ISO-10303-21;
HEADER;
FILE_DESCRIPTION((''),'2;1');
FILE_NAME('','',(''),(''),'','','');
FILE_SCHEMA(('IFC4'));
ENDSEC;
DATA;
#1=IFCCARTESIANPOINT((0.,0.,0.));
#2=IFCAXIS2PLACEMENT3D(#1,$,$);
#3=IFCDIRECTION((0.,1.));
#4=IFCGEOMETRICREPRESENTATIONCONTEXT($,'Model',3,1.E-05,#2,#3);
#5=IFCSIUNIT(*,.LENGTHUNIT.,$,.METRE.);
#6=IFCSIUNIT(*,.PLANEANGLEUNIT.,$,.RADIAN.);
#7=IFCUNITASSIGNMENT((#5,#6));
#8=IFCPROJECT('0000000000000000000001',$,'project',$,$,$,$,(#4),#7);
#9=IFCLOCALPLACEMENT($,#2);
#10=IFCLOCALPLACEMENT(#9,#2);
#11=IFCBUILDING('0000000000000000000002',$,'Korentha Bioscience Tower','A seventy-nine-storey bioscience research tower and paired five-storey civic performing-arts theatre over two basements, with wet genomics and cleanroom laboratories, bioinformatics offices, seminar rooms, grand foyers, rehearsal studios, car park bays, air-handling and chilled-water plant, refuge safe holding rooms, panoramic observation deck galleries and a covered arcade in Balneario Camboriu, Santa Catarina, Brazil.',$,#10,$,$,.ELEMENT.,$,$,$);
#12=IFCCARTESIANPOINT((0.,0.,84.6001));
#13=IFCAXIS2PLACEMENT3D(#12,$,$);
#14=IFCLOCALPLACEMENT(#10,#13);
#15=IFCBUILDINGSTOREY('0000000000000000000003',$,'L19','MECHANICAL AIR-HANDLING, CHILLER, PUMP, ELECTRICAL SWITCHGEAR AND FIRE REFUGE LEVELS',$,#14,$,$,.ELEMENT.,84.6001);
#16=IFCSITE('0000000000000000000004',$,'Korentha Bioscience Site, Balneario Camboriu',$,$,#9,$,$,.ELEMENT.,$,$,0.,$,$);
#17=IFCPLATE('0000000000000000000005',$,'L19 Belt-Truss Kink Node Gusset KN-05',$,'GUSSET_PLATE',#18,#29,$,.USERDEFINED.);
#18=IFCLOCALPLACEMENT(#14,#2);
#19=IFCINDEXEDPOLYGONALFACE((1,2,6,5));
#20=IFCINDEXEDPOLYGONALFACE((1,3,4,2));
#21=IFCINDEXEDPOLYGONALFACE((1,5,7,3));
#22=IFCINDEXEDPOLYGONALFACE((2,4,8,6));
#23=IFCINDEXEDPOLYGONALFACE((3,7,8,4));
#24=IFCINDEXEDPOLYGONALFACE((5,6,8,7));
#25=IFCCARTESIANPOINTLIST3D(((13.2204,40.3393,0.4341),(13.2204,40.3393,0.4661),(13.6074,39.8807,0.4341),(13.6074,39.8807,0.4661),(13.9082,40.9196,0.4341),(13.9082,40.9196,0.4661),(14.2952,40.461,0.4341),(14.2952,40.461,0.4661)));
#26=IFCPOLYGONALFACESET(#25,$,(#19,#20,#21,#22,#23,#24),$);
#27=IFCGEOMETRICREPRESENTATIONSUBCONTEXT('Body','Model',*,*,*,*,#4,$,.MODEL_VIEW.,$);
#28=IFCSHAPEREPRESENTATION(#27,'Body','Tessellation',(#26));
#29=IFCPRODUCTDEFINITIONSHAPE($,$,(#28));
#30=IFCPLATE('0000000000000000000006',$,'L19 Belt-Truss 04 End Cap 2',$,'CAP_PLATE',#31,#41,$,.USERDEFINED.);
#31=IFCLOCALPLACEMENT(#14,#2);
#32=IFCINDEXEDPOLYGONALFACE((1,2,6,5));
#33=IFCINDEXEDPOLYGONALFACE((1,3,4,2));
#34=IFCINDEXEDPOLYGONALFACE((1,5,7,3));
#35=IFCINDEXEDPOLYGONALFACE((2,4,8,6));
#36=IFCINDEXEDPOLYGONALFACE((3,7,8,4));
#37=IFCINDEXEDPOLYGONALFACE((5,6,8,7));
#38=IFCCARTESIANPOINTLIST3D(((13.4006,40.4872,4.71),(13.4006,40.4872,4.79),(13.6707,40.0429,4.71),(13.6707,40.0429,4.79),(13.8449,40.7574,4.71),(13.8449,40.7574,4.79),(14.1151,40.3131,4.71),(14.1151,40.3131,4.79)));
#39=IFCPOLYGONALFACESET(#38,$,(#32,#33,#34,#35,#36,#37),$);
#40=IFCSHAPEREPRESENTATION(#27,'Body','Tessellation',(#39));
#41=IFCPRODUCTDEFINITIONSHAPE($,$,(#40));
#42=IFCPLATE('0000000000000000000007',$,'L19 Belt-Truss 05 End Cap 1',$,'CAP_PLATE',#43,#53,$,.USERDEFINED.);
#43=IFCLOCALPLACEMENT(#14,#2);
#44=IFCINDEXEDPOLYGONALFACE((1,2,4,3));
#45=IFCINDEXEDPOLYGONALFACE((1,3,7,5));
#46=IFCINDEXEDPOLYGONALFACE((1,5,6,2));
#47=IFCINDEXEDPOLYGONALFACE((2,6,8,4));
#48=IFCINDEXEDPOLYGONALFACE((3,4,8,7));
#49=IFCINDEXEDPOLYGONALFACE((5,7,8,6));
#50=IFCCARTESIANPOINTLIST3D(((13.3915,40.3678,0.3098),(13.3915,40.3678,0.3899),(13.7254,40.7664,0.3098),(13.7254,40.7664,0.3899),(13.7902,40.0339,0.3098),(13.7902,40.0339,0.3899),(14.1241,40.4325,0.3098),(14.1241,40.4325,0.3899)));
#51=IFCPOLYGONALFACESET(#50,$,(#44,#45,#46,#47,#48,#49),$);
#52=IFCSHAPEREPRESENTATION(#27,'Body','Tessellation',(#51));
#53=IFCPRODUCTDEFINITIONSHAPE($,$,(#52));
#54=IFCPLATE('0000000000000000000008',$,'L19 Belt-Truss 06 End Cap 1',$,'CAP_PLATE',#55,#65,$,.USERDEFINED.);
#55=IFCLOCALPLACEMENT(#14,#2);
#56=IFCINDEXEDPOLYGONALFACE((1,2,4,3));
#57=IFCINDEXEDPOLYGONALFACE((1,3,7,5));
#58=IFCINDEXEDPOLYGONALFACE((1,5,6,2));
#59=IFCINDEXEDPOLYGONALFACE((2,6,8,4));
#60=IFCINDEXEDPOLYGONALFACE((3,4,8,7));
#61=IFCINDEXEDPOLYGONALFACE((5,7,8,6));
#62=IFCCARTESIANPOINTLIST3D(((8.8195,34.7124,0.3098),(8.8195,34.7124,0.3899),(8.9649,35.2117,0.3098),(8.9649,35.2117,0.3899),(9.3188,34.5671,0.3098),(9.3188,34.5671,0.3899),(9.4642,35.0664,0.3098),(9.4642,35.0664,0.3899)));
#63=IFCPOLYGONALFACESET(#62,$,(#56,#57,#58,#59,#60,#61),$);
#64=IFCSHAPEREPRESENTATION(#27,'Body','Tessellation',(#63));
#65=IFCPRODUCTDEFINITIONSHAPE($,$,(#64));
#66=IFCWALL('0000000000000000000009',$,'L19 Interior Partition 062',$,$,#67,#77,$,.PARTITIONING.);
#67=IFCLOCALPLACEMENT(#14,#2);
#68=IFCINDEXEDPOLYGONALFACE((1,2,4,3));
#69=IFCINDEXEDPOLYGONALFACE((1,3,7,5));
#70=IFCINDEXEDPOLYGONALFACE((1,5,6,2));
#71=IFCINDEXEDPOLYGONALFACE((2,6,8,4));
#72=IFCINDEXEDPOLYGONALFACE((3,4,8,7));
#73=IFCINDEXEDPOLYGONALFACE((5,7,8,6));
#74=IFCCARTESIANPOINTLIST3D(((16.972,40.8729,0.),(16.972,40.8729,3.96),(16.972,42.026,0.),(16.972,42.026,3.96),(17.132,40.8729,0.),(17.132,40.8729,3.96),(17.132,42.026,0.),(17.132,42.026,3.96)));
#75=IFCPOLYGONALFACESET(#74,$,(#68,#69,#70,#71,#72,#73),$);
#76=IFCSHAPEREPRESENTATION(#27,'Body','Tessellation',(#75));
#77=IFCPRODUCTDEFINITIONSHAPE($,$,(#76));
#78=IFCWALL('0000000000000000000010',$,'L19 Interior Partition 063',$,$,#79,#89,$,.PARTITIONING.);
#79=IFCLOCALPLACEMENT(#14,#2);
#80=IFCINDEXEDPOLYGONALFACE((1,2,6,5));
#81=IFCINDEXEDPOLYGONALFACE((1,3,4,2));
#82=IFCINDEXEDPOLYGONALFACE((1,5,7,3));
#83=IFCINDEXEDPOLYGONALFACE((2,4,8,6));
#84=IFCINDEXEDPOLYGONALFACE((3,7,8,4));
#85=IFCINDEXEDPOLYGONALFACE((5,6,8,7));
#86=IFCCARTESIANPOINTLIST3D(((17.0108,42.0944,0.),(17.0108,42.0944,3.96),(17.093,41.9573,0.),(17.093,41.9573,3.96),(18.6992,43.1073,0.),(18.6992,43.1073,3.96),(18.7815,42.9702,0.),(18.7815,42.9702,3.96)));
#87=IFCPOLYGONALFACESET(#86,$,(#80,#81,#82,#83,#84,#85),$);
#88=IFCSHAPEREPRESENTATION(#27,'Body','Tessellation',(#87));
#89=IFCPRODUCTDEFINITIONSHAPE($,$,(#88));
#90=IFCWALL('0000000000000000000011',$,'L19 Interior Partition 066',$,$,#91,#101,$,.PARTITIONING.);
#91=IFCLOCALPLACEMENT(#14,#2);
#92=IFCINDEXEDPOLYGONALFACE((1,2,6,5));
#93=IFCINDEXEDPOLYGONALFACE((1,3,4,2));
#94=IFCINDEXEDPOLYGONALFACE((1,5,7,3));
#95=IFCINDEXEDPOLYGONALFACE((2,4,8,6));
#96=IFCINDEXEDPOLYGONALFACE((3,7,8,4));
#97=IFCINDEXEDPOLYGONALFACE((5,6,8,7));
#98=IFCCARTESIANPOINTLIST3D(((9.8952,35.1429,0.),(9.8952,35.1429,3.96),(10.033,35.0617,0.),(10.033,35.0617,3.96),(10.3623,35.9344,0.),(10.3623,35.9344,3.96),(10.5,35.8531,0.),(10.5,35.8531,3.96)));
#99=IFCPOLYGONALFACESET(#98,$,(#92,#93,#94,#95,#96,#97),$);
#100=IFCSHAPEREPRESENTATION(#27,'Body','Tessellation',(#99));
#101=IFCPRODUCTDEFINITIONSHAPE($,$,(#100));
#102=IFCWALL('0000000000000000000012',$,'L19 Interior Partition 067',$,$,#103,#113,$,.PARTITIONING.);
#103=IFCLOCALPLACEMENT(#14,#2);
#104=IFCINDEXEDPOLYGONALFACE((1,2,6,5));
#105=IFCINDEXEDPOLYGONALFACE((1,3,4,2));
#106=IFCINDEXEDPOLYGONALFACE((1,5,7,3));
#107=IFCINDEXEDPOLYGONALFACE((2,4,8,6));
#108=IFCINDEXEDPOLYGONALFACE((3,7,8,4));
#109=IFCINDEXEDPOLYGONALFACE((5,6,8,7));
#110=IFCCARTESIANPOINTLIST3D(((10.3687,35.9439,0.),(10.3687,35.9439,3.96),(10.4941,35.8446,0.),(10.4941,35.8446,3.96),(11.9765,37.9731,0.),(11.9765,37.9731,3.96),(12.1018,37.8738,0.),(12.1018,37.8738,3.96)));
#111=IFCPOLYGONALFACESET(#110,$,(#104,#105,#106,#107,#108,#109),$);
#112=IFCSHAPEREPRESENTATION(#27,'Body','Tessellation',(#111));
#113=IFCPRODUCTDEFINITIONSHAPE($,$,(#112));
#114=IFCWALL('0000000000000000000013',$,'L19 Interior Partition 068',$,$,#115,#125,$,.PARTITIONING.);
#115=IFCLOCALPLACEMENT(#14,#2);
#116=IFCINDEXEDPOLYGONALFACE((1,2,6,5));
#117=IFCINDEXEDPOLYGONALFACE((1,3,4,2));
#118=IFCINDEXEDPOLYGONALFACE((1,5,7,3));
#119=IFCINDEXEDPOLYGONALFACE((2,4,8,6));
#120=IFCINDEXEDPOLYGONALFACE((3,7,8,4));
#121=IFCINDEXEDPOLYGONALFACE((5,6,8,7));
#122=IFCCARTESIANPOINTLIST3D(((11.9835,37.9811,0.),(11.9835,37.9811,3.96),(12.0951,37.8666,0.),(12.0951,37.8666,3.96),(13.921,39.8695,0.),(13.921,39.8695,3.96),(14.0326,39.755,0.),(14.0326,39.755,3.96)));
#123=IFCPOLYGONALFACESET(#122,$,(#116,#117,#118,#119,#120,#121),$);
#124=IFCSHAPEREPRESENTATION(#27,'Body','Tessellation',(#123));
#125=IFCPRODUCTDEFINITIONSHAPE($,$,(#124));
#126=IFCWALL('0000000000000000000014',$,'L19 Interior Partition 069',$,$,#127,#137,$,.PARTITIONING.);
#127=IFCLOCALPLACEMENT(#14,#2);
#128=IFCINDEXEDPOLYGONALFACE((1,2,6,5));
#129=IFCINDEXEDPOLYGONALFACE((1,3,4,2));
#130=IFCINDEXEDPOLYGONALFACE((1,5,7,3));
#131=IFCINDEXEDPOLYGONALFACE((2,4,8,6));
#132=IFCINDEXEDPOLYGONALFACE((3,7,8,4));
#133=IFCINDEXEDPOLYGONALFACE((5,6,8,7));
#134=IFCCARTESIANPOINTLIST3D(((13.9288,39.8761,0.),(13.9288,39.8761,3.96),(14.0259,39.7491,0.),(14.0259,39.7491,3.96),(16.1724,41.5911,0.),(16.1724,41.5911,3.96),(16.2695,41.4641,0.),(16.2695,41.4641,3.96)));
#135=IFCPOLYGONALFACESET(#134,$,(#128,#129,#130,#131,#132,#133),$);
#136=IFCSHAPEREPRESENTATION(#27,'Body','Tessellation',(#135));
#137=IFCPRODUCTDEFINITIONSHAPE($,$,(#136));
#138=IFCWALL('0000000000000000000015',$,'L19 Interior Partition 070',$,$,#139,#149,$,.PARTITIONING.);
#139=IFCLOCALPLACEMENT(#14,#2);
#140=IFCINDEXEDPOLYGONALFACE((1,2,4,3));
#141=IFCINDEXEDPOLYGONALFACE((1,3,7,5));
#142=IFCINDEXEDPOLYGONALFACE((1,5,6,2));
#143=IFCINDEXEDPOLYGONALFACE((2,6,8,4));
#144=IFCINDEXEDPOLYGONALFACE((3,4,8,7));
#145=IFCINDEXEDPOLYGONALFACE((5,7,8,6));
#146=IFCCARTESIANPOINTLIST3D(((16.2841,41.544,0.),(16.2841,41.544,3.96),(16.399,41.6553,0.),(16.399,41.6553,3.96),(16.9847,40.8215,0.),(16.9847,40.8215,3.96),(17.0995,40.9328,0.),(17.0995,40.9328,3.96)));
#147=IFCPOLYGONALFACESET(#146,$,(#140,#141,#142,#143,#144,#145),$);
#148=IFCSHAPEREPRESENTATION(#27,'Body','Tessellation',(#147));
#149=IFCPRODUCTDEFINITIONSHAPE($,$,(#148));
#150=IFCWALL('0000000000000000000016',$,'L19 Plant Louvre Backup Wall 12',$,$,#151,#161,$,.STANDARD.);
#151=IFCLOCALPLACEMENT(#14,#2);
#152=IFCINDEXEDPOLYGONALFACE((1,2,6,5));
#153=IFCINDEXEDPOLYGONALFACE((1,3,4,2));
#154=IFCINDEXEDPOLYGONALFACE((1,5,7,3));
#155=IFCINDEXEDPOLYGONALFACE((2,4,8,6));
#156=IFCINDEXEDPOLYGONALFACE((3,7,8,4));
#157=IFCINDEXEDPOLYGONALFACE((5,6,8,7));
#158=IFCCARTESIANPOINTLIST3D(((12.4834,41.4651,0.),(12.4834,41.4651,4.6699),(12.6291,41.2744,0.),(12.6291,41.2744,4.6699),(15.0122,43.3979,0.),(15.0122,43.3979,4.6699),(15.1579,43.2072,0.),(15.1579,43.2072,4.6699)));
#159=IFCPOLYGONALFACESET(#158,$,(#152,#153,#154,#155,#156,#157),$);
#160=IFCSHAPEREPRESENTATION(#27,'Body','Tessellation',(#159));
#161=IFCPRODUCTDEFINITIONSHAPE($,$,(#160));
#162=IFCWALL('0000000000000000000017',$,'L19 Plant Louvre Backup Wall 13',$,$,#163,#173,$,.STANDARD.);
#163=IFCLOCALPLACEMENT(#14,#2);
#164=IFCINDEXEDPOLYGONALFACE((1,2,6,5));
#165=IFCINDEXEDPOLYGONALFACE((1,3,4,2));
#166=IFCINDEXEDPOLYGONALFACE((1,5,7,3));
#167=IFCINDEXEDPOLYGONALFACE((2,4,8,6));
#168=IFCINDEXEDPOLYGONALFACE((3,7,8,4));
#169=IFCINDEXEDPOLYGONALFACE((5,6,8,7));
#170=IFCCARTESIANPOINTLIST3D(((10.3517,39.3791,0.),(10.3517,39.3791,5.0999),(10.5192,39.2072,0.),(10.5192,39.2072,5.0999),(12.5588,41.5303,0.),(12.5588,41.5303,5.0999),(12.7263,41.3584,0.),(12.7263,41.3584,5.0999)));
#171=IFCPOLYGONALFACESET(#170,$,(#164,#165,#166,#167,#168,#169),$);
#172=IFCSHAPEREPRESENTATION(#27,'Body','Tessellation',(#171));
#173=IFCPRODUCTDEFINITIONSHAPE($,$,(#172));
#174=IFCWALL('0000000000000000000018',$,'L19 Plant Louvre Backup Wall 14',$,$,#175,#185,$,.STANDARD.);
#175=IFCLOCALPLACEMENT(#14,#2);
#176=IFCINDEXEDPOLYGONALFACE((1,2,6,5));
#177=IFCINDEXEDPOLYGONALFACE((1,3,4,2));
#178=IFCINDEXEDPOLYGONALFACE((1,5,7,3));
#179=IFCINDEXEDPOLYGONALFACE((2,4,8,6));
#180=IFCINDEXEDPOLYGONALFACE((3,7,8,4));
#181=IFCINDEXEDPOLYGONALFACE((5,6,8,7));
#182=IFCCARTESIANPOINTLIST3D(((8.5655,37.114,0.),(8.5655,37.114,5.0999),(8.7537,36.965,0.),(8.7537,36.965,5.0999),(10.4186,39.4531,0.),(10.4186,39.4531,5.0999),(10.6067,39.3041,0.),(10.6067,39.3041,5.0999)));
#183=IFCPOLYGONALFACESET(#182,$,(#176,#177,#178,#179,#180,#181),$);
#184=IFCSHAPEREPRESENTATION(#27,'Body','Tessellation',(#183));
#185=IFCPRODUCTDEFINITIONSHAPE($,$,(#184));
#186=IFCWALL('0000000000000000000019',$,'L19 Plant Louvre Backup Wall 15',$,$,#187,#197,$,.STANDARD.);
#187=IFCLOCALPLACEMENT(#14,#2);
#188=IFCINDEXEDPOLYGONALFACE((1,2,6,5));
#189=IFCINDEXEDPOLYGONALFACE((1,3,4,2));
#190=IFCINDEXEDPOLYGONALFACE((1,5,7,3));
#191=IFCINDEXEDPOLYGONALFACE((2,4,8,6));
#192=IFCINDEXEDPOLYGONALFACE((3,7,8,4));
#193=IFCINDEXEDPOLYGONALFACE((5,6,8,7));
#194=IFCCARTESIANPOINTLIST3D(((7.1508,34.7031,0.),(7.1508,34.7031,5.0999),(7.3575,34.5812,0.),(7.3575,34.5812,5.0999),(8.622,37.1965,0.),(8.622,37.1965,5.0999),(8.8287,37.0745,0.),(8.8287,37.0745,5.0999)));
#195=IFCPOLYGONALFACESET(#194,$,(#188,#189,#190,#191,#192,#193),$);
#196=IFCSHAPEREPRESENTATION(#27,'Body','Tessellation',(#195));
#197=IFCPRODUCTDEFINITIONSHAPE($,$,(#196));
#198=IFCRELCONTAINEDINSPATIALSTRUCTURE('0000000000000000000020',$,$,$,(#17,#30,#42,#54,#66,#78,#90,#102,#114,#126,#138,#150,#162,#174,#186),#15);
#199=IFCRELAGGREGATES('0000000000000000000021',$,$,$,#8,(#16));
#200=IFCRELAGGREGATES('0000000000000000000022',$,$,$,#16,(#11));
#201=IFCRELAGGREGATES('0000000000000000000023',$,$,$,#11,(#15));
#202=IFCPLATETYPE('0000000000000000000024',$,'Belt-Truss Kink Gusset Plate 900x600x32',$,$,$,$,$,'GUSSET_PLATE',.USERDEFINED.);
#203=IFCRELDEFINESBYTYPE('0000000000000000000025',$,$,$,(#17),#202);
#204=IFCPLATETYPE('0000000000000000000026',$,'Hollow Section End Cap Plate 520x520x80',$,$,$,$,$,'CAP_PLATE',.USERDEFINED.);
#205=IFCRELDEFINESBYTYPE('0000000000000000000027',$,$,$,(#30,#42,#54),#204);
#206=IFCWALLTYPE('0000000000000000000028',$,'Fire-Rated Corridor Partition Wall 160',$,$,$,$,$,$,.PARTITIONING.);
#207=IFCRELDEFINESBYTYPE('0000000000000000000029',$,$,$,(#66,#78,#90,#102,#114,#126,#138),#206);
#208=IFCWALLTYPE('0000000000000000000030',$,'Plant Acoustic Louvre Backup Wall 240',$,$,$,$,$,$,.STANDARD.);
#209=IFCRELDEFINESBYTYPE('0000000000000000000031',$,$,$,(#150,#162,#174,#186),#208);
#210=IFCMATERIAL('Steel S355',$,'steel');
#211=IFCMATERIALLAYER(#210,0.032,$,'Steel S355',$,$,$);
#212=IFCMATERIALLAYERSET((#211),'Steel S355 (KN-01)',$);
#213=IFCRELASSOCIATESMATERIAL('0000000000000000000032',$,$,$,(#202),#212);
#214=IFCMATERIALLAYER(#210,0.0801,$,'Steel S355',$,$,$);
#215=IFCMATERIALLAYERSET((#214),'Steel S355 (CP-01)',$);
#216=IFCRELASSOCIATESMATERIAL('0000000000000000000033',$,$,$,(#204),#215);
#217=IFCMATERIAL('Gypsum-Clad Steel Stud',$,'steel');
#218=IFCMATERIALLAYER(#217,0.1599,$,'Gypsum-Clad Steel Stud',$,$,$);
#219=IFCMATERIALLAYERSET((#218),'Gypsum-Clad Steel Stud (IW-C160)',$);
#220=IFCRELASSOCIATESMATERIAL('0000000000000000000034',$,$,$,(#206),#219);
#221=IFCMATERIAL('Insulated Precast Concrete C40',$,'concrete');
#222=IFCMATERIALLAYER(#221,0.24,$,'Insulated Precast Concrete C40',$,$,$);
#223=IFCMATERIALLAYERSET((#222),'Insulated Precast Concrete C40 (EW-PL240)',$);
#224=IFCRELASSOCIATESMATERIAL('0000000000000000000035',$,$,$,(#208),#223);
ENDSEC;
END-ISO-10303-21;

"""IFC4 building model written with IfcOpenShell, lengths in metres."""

from ifc_helpers import new_model, si_unit, direction, frame, frame_2d, origin, origin_2d, place, context, subcontext, project, spatial, rectangle, extrude, material, layer, layer_set, type_object, element, save


model = new_model("IFC4")

# Units and contexts
model_context = context("Model", 3, precision=1e-05, world=origin(), true_north=direction((0.0, 1.0)))
body_context = subcontext(model_context, "Body", "Model", "MODEL_VIEW")
ifc_project = project(units=[si_unit("LENGTHUNIT", "METRE"), si_unit("PLANEANGLEUNIT", "RADIAN")], contexts=[model_context])

# Site, building, storey
site_placement = place(None, origin())
site = spatial("IfcSite", under=ifc_project, at=site_placement, Name="Korentha Bioscience Site, Balneario Camboriu", CompositionType="ELEMENT", RefElevation=0.0)
building_placement = place(site_placement, origin())
building = spatial("IfcBuilding", under=site, at=building_placement, Name="Korentha Bioscience Tower", Description="A seventy-nine-storey bioscience research tower and paired five-storey civic performing-arts theatre over two basements, with wet genomics and cleanroom laboratories, bioinformatics offices, seminar rooms, grand foyers, rehearsal studios, car park bays, air-handling and chilled-water plant, refuge safe holding rooms, panoramic observation deck galleries and a covered arcade in Balneario Camboriu, Santa Catarina, Brazil.", CompositionType="ELEMENT")
storey_placement = place(building_placement, frame((0.0, 0.0, 84.6001)))
storey = spatial("IfcBuildingStorey", under=building, at=storey_placement, Name="L19", Description="MECHANICAL AIR-HANDLING, CHILLER, PUMP, ELECTRICAL SWITCHGEAR AND FIRE REFUGE LEVELS", CompositionType="ELEMENT", Elevation=84.6001)

# Shared definitions
ifc_material_1 = material(Name="Steel S355", Category="steel")

# Plates
ifc_layer_1 = layer(ifc_material_1, 0.032, Name="Steel S355")
ifc_layer_set_1 = layer_set([ifc_layer_1], Name="Steel S355 (KN-01)")
plate_type_1 = type_object("IfcPlateType", Name="Belt-Truss Kink Gusset Plate 900x600x32", ElementType="GUSSET_PLATE", PredefinedType="USERDEFINED", material=ifc_layer_set_1)
plate_placement = place(storey_placement, frame((13.7578, 40.4001, 0.4341), z_axis=(0.0, 0.0, 1.0), x_axis=(0.764246, 0.644924, 0.0)))
element("IfcPlate", 1, at=plate_placement, inside=storey, type_object=plate_type_1, Name="L19 Belt-Truss Kink Node Gusset KN-05", ObjectType="GUSSET_PLATE", PredefinedType="USERDEFINED", context=body_context, shape_type="SweptSolid", body=[
    extrude(rectangle(XDim=0.8999, YDim=0.6001, at=origin_2d()), origin(), (0.0, 0.0, 1.0), 0.032),
])
ifc_layer_2 = layer(ifc_material_1, 0.0801, Name="Steel S355")
ifc_layer_set_2 = layer_set([ifc_layer_2], Name="Steel S355 (CP-01)")
plate_type_2 = type_object("IfcPlateType", Name="Hollow Section End Cap Plate 520x520x80", ElementType="CAP_PLATE", PredefinedType="USERDEFINED", material=ifc_layer_set_2)
for number, where, z_axis, x_axis, name in (
    (2, (13.7578, 40.4001, 4.71), (0.0, 0.0, 1.0), (0.854459, 0.519519, 0.0), "L19 Belt-Truss 04 End Cap 2"),
    (3, (13.7578, 40.4001, 0.3098), (0.0, 0.0, 1.0), (0.642119, 0.766605, 0.0), "L19 Belt-Truss 05 End Cap 1"),
    (4, (9.1418, 34.8894, 0.3098), (0.0, 0.0, 1.0), (0.279494, 0.960147, 0.0), "L19 Belt-Truss 06 End Cap 1"),
):
    element("IfcPlate", number, at=place(storey_placement, frame(where, z_axis=z_axis, x_axis=x_axis)), inside=storey, type_object=plate_type_2, Name=name, ObjectType="CAP_PLATE", PredefinedType="USERDEFINED", context=body_context, shape_type="SweptSolid", body=[
        extrude(rectangle(XDim=0.52, YDim=0.52, at=origin_2d()), origin(), (0.0, 0.0, 1.0), 0.0801),
    ])

# Walls
ifc_material_2 = material(Name="Gypsum-Clad Steel Stud", Category="steel")
ifc_layer_3 = layer(ifc_material_2, 0.1599, Name="Gypsum-Clad Steel Stud")
ifc_layer_set_3 = layer_set([ifc_layer_3], Name="Gypsum-Clad Steel Stud (IW-C160)")
wall_type_1 = type_object("IfcWallType", Name="Fire-Rated Corridor Partition Wall 160", PredefinedType="PARTITIONING", material=ifc_layer_set_3)
wall_1_placement = place(storey_placement, frame((17.052, 40.8728, 0.0), z_axis=(0.0, 0.0, 1.0), x_axis=(0.0, 1.0, 0.0)))
element("IfcWall", 5, at=wall_1_placement, inside=storey, type_object=wall_type_1, Name="L19 Interior Partition 062", PredefinedType="PARTITIONING", context=body_context, shape_type="SweptSolid", body=[
    extrude(rectangle(XDim=1.1531, YDim=0.1599, at=frame_2d((0.5767, 0.0))), origin(), (0.0, 0.0, 1.0), 3.96),
])
wall_2_placement = place(storey_placement, frame((17.052, 42.0259, 0.0), z_axis=(0.0, 0.0, 1.0), x_axis=(0.857526, 0.514441, 0.0)))
element("IfcWall", 6, at=wall_2_placement, inside=storey, type_object=wall_type_1, Name="L19 Interior Partition 063", PredefinedType="PARTITIONING", context=body_context, shape_type="SweptSolid", body=[
    extrude(rectangle(XDim=1.969, YDim=0.1599, at=frame_2d((0.9844, 0.0))), origin(), (0.0, 0.0, 1.0), 3.96),
])
wall_3_placement = place(storey_placement, frame((9.9641, 35.1023, 0.0), z_axis=(0.0, 0.0, 1.0), x_axis=(0.508192, 0.861244, 0.0)))
element("IfcWall", 7, at=wall_3_placement, inside=storey, type_object=wall_type_1, Name="L19 Interior Partition 066", PredefinedType="PARTITIONING", context=body_context, shape_type="SweptSolid", body=[
    extrude(rectangle(XDim=0.9189, YDim=0.1599, at=frame_2d((0.4595, 0.0))), origin(), (0.0, 0.0, 1.0), 3.96),
])
wall_4_placement = place(storey_placement, frame((10.4314, 35.8943, 0.0), z_axis=(0.0, 0.0, 1.0), x_axis=(0.621019, 0.783795, 0.0)))
element("IfcWall", 8, at=wall_4_placement, inside=storey, type_object=wall_type_1, Name="L19 Interior Partition 067", PredefinedType="PARTITIONING", context=body_context, shape_type="SweptSolid", body=[
    extrude(rectangle(XDim=2.5889, YDim=0.1599, at=frame_2d((1.2944, 0.0))), origin(), (0.0, 0.0, 1.0), 3.96),
])
wall_5_placement = place(storey_placement, frame((12.0393, 37.9238, 0.0), z_axis=(0.0, 0.0, 1.0), x_axis=(0.716117, 0.69798, 0.0)))
element("IfcWall", 9, at=wall_5_placement, inside=storey, type_object=wall_type_1, Name="L19 Interior Partition 068", PredefinedType="PARTITIONING", context=body_context, shape_type="SweptSolid", body=[
    extrude(rectangle(XDim=2.7056, YDim=0.1599, at=frame_2d((1.3528, 0.0))), origin(), (0.0, 0.0, 1.0), 3.96),
])
wall_6_placement = place(storey_placement, frame((13.9773, 39.8125, 0.0), z_axis=(0.0, 0.0, 1.0), x_axis=(0.794468, 0.607306, 0.0)))
element("IfcWall", 10, at=wall_6_placement, inside=storey, type_object=wall_type_1, Name="L19 Interior Partition 069", PredefinedType="PARTITIONING", context=body_context, shape_type="SweptSolid", body=[
    extrude(rectangle(XDim=2.824, YDim=0.1599, at=frame_2d((1.4121, 0.0))), origin(), (0.0, 0.0, 1.0), 3.96),
])
wall_7_placement = place(storey_placement, frame((16.3416, 41.5996, 0.0), z_axis=(0.0, 0.0, 1.0), x_axis=(0.696104, -0.717941, 0.0)))
element("IfcWall", 11, at=wall_7_placement, inside=storey, type_object=wall_type_1, Name="L19 Interior Partition 070", PredefinedType="PARTITIONING", context=body_context, shape_type="SweptSolid", body=[
    extrude(rectangle(XDim=1.0063, YDim=0.1599, at=frame_2d((0.5032, 0.0))), origin(), (0.0, 0.0, 1.0), 3.96),
])
ifc_material_3 = material(Name="Insulated Precast Concrete C40", Category="concrete")
ifc_layer_4 = layer(ifc_material_3, 0.24, Name="Insulated Precast Concrete C40")
ifc_layer_set_4 = layer_set([ifc_layer_4], Name="Insulated Precast Concrete C40 (EW-PL240)")
wall_type_2 = type_object("IfcWallType", Name="Plant Acoustic Louvre Backup Wall 240", PredefinedType="STANDARD", material=ifc_layer_set_4)
wall_8_placement = place(storey_placement, frame((15.085, 43.3025, 0.0), z_axis=(0.0, 0.0, 1.0), x_axis=(-0.794499, -0.607265, 0.0)))
element("IfcWall", 12, at=wall_8_placement, inside=storey, type_object=wall_type_2, Name="L19 Plant Louvre Backup Wall 12", PredefinedType="STANDARD", context=body_context, shape_type="SweptSolid", body=[
    extrude(rectangle(XDim=3.1829, YDim=0.24, at=frame_2d((1.5913, 0.0))), origin(), (0.0, 0.0, 1.0), 4.6699),
])
wall_9_placement = place(storey_placement, frame((12.6426, 41.4443, 0.0), z_axis=(0.0, 0.0, 1.0), x_axis=(-0.716119, -0.697978, 0.0)))
element("IfcWall", 13, at=wall_9_placement, inside=storey, type_object=wall_type_2, Name="L19 Plant Louvre Backup Wall 13", PredefinedType="STANDARD", context=body_context, shape_type="SweptSolid", body=[
    extrude(rectangle(XDim=3.082, YDim=0.24, at=frame_2d((1.541, 0.0))), origin(), (0.0, 0.0, 1.0), 5.0999),
])
wall_10_placement = place(storey_placement, frame((10.5127, 39.3787, 0.0), z_axis=(0.0, 0.0, 1.0), x_axis=(-0.620956, -0.783845, 0.0)))
element("IfcWall", 14, at=wall_10_placement, inside=storey, type_object=wall_type_2, Name="L19 Plant Louvre Backup Wall 14", PredefinedType="STANDARD", context=body_context, shape_type="SweptSolid", body=[
    extrude(rectangle(XDim=2.9841, YDim=0.24, at=frame_2d((1.4922, 0.0))), origin(), (0.0, 0.0, 1.0), 5.0999),
])
wall_11_placement = place(storey_placement, frame((8.7253, 37.1355, 0.0), z_axis=(0.0, 0.0, 1.0), x_axis=(-0.50817, -0.861257, 0.0)))
element("IfcWall", 15, at=wall_11_placement, inside=storey, type_object=wall_type_2, Name="L19 Plant Louvre Backup Wall 15", PredefinedType="STANDARD", context=body_context, shape_type="SweptSolid", body=[
    extrude(rectangle(XDim=2.895, YDim=0.24, at=frame_2d((1.4475, 0.0))), origin(), (0.0, 0.0, 1.0), 5.0999),
])

save(model, "model.ifc")
